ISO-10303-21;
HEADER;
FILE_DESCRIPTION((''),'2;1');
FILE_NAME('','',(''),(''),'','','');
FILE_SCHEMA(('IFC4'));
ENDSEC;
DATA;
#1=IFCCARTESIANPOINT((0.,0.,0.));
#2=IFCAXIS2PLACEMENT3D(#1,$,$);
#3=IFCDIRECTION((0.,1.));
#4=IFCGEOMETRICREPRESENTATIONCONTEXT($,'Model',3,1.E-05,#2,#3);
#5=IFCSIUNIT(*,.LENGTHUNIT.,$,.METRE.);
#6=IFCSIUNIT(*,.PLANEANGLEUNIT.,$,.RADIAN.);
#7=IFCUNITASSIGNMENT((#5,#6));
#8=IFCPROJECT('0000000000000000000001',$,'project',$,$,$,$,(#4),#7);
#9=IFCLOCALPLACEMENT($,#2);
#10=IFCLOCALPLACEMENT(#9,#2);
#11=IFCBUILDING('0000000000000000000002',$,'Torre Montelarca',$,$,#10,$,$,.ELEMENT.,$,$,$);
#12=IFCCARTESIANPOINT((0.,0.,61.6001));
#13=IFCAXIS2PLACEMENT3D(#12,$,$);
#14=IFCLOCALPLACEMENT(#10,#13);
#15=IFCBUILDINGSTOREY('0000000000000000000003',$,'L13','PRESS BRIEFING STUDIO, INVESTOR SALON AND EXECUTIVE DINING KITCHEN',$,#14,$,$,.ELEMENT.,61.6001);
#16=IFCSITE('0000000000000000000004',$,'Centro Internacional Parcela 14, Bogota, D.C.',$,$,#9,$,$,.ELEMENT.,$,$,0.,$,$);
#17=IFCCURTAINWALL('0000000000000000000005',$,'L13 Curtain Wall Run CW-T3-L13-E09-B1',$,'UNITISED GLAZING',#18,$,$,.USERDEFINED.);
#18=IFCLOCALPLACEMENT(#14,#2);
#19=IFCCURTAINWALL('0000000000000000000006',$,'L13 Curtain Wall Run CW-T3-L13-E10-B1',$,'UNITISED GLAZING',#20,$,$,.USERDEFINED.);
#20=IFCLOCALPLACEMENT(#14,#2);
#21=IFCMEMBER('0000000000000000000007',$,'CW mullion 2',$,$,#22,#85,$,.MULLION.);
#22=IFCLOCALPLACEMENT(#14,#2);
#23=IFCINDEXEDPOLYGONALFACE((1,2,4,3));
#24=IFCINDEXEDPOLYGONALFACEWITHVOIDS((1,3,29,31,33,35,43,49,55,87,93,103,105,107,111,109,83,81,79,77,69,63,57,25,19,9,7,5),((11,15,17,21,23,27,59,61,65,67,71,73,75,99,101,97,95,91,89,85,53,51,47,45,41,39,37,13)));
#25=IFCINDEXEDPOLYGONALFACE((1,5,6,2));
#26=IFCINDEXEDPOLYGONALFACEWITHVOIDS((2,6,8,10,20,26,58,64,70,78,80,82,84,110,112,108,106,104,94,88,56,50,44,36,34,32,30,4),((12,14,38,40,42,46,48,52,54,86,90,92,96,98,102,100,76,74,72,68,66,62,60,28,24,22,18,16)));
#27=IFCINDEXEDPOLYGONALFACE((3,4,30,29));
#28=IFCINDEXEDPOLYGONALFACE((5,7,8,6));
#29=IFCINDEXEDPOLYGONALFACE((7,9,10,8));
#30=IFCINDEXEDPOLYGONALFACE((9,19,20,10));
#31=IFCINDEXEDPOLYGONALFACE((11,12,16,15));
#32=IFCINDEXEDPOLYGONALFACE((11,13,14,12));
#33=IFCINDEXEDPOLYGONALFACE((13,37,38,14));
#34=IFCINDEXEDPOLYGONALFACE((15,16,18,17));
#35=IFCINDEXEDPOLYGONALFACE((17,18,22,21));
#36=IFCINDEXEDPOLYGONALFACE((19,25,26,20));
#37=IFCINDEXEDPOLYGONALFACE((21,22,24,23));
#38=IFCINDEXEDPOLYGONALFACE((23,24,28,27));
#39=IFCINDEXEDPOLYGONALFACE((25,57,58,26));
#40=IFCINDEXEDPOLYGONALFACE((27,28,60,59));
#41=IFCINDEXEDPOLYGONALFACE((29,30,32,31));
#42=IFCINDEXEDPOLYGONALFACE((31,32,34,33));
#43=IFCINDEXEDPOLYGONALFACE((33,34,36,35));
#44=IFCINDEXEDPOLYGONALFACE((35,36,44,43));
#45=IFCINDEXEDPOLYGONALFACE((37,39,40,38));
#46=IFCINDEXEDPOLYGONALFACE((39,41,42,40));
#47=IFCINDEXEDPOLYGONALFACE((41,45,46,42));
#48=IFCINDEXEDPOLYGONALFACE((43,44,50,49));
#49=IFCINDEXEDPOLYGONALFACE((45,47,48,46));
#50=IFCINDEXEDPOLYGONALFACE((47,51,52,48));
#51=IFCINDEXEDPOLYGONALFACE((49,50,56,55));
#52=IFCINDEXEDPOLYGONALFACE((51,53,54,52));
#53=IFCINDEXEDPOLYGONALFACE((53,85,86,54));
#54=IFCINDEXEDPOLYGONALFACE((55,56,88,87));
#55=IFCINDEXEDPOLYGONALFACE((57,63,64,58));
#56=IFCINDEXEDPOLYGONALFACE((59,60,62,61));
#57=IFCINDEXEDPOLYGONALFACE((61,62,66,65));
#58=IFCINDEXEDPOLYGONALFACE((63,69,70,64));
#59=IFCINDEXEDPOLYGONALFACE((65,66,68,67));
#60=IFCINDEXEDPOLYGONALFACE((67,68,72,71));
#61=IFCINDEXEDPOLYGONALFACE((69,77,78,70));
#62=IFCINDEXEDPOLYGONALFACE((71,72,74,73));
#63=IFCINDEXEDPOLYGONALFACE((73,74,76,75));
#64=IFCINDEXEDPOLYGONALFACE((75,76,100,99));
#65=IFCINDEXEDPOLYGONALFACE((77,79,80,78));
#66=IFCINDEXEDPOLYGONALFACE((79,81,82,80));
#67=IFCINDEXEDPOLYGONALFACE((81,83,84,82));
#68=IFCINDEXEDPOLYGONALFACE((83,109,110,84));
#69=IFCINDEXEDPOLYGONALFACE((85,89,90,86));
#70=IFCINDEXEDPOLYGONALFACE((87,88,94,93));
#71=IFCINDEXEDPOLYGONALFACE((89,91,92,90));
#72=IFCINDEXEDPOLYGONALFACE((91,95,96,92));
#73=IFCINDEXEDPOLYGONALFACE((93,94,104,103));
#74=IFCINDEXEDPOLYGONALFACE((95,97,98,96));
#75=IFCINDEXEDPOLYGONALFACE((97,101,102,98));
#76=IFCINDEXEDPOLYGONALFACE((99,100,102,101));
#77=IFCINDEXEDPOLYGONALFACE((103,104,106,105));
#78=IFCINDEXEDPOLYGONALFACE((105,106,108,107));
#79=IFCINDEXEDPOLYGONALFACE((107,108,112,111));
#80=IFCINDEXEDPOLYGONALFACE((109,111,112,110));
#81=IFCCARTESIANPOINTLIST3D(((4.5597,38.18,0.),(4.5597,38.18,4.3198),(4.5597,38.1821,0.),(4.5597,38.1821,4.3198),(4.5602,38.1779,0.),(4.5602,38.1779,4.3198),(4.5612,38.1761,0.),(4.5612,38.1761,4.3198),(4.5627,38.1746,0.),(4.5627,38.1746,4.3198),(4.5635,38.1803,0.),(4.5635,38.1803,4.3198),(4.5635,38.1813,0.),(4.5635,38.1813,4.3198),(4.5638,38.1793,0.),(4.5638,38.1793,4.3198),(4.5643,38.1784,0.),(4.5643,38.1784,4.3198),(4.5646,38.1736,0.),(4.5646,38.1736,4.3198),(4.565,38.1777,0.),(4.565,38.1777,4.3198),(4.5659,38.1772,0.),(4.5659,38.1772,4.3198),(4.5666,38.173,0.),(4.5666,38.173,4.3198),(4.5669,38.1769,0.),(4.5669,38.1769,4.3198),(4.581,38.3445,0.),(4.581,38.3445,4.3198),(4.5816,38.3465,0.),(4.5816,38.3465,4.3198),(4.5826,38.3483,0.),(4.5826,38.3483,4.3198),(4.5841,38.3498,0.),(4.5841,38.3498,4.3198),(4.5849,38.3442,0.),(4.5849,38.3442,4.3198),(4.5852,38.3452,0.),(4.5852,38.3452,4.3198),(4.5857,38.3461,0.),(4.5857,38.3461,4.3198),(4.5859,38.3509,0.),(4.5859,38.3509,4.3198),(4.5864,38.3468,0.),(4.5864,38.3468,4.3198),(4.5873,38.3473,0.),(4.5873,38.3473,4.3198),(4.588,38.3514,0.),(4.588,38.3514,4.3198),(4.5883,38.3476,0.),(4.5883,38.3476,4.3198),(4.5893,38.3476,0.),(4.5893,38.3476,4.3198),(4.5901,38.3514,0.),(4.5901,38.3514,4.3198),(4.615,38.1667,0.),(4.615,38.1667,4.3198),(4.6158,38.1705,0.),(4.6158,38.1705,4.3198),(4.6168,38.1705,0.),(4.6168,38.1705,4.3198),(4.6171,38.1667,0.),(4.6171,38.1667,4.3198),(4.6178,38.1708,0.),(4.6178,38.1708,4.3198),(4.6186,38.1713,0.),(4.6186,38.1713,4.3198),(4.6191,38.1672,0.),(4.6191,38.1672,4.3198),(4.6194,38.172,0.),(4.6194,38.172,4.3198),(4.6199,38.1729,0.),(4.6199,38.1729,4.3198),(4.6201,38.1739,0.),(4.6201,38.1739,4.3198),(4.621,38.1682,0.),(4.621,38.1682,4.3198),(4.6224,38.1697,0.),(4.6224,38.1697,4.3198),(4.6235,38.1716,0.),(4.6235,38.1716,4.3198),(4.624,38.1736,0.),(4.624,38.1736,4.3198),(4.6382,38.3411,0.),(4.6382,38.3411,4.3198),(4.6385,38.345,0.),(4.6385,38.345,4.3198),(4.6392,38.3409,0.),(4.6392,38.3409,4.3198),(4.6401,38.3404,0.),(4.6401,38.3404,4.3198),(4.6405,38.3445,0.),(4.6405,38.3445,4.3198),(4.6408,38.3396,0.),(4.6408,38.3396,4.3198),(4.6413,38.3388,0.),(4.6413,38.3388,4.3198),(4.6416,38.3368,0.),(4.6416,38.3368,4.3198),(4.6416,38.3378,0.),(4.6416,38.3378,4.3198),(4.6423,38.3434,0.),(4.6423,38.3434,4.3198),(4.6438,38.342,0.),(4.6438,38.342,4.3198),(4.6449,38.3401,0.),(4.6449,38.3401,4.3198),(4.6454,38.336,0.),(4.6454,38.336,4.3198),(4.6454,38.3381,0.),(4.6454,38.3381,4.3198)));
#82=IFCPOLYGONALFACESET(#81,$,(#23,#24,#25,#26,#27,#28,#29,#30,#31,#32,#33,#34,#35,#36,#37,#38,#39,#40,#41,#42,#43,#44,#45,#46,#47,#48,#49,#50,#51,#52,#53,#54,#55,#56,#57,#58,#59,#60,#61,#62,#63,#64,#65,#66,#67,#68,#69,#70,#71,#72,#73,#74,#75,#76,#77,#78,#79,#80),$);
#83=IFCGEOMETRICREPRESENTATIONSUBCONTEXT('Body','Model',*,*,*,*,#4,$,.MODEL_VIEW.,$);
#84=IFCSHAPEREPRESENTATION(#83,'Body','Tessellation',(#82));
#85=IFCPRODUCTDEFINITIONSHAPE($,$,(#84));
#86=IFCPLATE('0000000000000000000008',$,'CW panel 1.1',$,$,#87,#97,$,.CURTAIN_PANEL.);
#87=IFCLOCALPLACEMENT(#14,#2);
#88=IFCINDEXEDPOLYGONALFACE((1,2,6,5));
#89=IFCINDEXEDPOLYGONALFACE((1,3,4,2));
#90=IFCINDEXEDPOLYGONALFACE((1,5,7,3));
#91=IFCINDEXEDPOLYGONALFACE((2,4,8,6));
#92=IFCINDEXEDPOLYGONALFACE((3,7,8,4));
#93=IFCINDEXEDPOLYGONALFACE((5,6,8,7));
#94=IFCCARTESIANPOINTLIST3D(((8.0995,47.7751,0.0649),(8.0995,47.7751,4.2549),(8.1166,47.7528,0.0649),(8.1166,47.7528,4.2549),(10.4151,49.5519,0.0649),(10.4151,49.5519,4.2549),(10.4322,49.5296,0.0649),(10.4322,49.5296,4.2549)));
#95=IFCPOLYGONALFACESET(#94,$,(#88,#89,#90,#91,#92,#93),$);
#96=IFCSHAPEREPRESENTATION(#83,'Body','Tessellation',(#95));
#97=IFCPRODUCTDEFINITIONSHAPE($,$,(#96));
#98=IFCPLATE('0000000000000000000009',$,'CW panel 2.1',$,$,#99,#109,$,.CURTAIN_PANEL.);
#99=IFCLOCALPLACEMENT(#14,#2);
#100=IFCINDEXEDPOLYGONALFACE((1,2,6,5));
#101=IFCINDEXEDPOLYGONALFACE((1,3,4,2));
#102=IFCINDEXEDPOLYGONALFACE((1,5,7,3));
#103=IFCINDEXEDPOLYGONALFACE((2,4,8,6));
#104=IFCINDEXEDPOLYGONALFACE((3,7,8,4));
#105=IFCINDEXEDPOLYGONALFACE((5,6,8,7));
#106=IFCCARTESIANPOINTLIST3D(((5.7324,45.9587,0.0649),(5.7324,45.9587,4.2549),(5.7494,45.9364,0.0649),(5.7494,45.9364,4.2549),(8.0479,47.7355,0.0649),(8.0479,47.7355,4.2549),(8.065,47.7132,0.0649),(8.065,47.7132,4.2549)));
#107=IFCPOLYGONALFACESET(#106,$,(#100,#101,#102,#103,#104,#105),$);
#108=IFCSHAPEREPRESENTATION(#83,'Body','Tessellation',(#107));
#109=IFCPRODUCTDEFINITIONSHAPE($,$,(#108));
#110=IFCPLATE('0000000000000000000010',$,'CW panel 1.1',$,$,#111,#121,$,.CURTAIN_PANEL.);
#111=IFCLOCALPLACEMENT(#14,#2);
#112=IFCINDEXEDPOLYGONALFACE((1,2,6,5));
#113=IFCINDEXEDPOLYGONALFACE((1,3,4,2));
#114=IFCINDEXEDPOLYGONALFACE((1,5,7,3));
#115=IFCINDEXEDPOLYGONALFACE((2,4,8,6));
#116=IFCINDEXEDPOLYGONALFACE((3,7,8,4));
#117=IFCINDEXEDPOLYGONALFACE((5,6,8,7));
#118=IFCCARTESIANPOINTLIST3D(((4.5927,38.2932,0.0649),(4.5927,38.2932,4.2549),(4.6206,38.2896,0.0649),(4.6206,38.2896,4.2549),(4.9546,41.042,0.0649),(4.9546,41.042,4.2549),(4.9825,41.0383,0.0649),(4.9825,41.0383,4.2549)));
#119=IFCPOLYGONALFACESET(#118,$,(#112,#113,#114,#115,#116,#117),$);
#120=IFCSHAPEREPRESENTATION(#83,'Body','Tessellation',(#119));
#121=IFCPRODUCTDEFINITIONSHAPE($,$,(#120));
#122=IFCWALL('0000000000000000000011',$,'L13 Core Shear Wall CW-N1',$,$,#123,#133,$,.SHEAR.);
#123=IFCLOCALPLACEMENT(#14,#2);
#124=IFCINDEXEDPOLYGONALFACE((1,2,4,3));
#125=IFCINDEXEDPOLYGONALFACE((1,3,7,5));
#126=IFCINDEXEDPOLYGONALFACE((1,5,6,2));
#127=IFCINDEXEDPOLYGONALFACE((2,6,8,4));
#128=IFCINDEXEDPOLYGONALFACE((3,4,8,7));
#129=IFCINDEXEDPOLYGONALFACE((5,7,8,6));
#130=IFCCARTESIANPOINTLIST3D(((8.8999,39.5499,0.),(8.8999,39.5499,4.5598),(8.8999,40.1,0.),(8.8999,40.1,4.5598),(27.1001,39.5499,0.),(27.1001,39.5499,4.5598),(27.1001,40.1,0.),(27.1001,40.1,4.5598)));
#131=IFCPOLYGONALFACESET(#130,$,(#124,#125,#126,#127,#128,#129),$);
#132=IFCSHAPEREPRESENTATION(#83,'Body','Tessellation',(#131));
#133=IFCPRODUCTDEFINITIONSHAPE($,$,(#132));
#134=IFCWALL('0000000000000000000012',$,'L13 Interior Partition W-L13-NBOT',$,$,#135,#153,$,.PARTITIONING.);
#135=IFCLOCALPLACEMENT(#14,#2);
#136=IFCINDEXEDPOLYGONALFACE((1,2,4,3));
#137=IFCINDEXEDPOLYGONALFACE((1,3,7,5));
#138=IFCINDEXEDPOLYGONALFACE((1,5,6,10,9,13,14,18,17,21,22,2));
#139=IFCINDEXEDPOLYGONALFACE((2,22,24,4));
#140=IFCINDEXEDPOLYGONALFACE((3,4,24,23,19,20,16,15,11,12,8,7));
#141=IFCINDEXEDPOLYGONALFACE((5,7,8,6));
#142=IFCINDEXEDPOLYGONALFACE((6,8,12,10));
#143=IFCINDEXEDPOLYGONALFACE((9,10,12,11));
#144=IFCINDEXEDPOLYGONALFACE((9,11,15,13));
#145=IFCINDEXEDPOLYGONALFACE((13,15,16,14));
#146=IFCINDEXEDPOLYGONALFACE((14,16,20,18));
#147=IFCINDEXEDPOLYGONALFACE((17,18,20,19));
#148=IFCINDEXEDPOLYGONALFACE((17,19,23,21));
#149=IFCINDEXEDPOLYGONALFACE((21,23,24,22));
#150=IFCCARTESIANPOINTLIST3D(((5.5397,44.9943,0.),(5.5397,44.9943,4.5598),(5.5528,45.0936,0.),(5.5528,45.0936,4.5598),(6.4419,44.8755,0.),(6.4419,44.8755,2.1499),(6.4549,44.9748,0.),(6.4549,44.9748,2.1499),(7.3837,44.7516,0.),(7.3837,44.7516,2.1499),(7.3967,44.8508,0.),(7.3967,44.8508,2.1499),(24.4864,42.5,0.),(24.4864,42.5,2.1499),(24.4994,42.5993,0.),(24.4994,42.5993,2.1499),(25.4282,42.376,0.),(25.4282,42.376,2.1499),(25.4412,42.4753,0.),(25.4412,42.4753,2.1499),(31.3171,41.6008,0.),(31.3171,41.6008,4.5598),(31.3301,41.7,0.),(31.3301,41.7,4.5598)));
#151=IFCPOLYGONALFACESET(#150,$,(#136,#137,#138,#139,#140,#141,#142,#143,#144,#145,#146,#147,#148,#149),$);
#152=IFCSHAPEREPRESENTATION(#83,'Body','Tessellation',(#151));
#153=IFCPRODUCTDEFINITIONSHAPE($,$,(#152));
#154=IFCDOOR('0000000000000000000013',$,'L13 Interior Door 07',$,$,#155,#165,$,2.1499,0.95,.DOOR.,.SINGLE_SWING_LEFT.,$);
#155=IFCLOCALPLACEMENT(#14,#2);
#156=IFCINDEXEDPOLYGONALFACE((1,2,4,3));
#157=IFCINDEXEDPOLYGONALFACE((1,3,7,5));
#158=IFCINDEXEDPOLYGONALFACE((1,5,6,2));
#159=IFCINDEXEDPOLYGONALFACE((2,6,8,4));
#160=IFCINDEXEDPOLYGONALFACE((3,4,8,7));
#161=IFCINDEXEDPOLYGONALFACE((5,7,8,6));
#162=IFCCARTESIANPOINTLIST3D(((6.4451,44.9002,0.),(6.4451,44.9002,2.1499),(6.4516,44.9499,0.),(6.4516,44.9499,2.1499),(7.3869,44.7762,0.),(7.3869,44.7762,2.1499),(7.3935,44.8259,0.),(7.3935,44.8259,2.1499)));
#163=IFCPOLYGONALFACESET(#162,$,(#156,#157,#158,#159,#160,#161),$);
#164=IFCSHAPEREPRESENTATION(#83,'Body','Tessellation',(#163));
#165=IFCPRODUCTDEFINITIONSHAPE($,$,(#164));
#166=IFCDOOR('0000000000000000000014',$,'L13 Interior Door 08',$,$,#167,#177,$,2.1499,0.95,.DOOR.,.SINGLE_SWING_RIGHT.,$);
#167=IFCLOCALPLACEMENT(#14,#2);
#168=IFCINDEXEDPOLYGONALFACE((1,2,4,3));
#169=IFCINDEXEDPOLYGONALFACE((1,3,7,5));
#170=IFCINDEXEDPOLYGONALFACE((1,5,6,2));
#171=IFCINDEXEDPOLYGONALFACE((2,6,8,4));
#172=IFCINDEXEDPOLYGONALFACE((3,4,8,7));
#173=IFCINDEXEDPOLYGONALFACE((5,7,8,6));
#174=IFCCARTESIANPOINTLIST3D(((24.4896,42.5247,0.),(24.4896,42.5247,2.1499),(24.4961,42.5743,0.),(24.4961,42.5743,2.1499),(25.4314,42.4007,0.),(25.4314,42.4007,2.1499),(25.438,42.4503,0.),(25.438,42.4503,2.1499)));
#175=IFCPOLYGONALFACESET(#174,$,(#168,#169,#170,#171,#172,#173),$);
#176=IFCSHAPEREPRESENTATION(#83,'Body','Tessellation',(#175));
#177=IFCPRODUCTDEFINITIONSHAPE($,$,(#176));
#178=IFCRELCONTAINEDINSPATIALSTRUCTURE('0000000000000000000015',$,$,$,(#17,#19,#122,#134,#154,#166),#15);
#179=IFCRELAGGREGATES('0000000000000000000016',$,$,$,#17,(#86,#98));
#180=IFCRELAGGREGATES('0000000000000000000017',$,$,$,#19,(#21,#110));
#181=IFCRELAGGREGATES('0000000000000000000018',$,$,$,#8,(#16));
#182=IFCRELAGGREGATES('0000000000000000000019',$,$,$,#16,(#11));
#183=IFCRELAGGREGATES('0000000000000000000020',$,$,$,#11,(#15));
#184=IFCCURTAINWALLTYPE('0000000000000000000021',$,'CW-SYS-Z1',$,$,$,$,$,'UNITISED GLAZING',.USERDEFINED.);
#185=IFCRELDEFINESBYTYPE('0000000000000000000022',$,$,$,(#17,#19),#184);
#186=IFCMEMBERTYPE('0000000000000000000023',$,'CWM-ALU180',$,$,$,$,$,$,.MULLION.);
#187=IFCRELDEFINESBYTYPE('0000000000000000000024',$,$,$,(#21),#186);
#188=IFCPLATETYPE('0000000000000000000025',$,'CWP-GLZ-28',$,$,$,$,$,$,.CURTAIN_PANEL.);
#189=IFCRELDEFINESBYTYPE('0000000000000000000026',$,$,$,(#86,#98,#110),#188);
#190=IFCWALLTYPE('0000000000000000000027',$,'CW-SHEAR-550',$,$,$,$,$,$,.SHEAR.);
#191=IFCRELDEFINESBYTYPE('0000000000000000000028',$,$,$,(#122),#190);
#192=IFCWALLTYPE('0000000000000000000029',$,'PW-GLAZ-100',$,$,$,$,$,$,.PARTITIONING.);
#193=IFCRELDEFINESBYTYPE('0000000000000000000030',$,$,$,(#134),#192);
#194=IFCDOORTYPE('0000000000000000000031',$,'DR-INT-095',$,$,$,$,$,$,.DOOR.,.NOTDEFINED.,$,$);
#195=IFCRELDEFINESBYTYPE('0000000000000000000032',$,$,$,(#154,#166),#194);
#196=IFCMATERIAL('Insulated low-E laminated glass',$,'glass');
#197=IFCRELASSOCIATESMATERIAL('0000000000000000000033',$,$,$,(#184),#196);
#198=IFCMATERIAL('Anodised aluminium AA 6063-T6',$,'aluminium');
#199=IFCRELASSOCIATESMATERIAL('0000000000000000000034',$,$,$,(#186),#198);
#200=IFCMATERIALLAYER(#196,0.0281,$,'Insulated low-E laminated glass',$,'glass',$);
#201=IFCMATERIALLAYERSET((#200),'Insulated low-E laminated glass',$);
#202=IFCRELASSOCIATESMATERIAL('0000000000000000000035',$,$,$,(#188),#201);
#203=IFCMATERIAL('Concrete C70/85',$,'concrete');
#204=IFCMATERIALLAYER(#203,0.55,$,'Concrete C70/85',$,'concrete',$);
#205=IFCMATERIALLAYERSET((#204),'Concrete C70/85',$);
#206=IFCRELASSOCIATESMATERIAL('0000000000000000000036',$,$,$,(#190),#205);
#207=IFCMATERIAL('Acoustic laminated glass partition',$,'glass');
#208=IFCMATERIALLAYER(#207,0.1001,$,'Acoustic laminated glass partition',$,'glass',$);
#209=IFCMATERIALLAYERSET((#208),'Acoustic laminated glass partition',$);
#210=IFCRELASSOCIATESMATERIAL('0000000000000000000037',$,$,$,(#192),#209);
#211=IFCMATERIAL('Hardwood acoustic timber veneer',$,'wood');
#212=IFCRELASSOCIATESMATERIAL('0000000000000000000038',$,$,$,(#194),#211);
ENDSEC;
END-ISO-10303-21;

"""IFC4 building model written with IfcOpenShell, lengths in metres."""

from ifc_helpers import new_model, si_unit, direction, frame, frame_2d, origin, origin_2d, place, context, subcontext, project, spatial, rectangle, hollow_rectangle, extrude, source, transform, mapped, material, layer, layer_set, material_profile, profile_set, type_object, element, fill, aggregate, save


model = new_model("IFC4")

# Units and contexts
model_context = context("Model", 3, precision=1e-05, world=origin(), true_north=direction((0.0, 1.0)))
body_context = subcontext(model_context, "Body", "Model", "MODEL_VIEW")
ifc_project = project(units=[si_unit("LENGTHUNIT", "METRE"), si_unit("PLANEANGLEUNIT", "RADIAN")], contexts=[model_context])

# Site, building, storey
site_placement = place(None, origin())
site = spatial("IfcSite", under=ifc_project, at=site_placement, Name="Centro Internacional Parcela 14, Bogota, D.C.", CompositionType="ELEMENT", RefElevation=0.0)
building_placement = place(site_placement, origin())
building = spatial("IfcBuilding", under=site, at=building_placement, Name="Torre Montelarca", CompositionType="ELEMENT")
storey_placement = place(building_placement, frame((0.0, 0.0, 61.6001)))
storey = spatial("IfcBuildingStorey", under=building, at=storey_placement, Name="L13", Description="PRESS BRIEFING STUDIO, INVESTOR SALON AND EXECUTIVE DINING KITCHEN", CompositionType="ELEMENT", Elevation=61.6001)

# Curtain walls
ifc_material_1 = material(Name="Insulated low-E laminated glass", Category="glass")
curtain_wall_type = type_object("IfcCurtainWallType", Name="CW-SYS-Z1", ElementType="UNITISED GLAZING", PredefinedType="USERDEFINED", material=ifc_material_1)
curtain_wall_1_placement = place(storey_placement, origin())
curtain_wall_1 = element("IfcCurtainWall", 1, at=curtain_wall_1_placement, inside=storey, type_object=curtain_wall_type, Name="L13 Curtain Wall Run CW-T3-L13-E09-B1", ObjectType="UNITISED GLAZING", PredefinedType="USERDEFINED")
ifc_material_2 = material(Name="Anodised aluminium AA 6063-T6", Category="aluminium")
curtain_wall_2_placement = place(storey_placement, origin())
curtain_wall_2 = element("IfcCurtainWall", 2, at=curtain_wall_2_placement, inside=storey, type_object=curtain_wall_type, Name="L13 Curtain Wall Run CW-T3-L13-E10-B1", ObjectType="UNITISED GLAZING", PredefinedType="USERDEFINED")

# Member
ifc_material_profile_1 = material_profile(ifc_material_2, hollow_rectangle(XDim=0.0649, YDim=0.1799, WallThickness=0.0039, InnerFilletRadius=0.0039, OuterFilletRadius=0.0081, at=origin_2d()), Name="ALU65X180X4", Category="aluminium")
ifc_profile_set_1 = profile_set([ifc_material_profile_1], Name="Anodised aluminium AA 6063-T6")
member_type_1 = type_object("IfcMemberType", Name="CWM-ALU180", PredefinedType="MULLION", material=ifc_profile_set_1)
shared_shape_1 = source(origin(), body_context, "Body", "SweptSolid", [
    extrude(hollow_rectangle(XDim=0.0649, YDim=0.1799, WallThickness=0.0039, InnerFilletRadius=0.0039, OuterFilletRadius=0.0081, at=origin_2d()), origin(), (0.0, 0.0, 1.0), 4.3198),
])
member_1_placement = place(storey_placement, frame((4.6025, 38.259, 0.0), z_axis=(0.0, 0.0, 1.0), x_axis=(0.991443, -0.130542, 0.0)))
member_1 = element("IfcMember", 3, at=member_1_placement, type_object=member_type_1, Name="CW mullion 2", PredefinedType="MULLION", context=body_context, shape_type="MappedRepresentation", body=[
    mapped(shared_shape_1, transform((0.0, 0.0, 0.0), scale=1.0)),
])

# Plates
ifc_layer_1 = layer(ifc_material_1, 0.0281, Name="Insulated low-E laminated glass", Category="glass")
ifc_layer_set_1 = layer_set([ifc_layer_1], Name="Insulated low-E laminated glass")
plate_type = type_object("IfcPlateType", Name="CWP-GLZ-28", PredefinedType="CURTAIN_PANEL", material=ifc_layer_set_1)
shared_shape_2 = source(origin(), body_context, "Body", "SweptSolid", [
    extrude(rectangle(XDim=2.9187, YDim=0.0281, at=origin_2d()), origin(), (0.0, 0.0, 1.0), 4.1899),
])
plate_1_placement = place(storey_placement, frame((9.2659, 48.6523, 0.0649), z_axis=(0.0, 0.0, 1.0), x_axis=(-0.793351, -0.608764, 0.0)))
plate_1 = element("IfcPlate", 4, at=plate_1_placement, type_object=plate_type, Name="CW panel 1.1", PredefinedType="CURTAIN_PANEL", context=body_context, shape_type="MappedRepresentation", body=[
    mapped(shared_shape_2, transform((0.0, 0.0, 0.0), scale=1.0)),
])
plate_2_placement = place(storey_placement, frame((6.8987, 46.8359, 0.0649), z_axis=(0.0, 0.0, 1.0), x_axis=(-0.793351, -0.608764, 0.0)))
plate_2 = element("IfcPlate", 5, at=plate_2_placement, type_object=plate_type, Name="CW panel 2.1", PredefinedType="CURTAIN_PANEL", context=body_context, shape_type="MappedRepresentation", body=[
    mapped(shared_shape_2, transform((0.0, 0.0, 0.0), scale=1.0)),
])
aggregate(curtain_wall_1, [plate_1, plate_2])
shared_shape_3 = source(origin(), body_context, "Body", "SweptSolid", [
    extrude(rectangle(XDim=2.7725, YDim=0.0281, at=origin_2d()), origin(), (0.0, 0.0, 1.0), 4.1899),
])
plate_3_placement = place(storey_placement, frame((4.7876, 39.6658, 0.0649), z_axis=(0.0, 0.0, 1.0), x_axis=(-0.130542, -0.991443, 0.0)))
plate_3 = element("IfcPlate", 6, at=plate_3_placement, type_object=plate_type, Name="CW panel 1.1", PredefinedType="CURTAIN_PANEL", context=body_context, shape_type="MappedRepresentation", body=[
    mapped(shared_shape_3, transform((0.0, 0.0, 0.0), scale=1.0)),
])
aggregate(curtain_wall_2, [member_1, plate_3])

# Wall
ifc_material_3 = material(Name="Concrete C70/85", Category="concrete")
ifc_layer_2 = layer(ifc_material_3, 0.55, Name="Concrete C70/85", Category="concrete")
ifc_layer_set_2 = layer_set([ifc_layer_2], Name="Concrete C70/85")
wall_type_1 = type_object("IfcWallType", Name="CW-SHEAR-550", PredefinedType="SHEAR", material=ifc_layer_set_2)
wall_1_placement = place(storey_placement, frame((8.8999, 39.825, 0.0), z_axis=(0.0, 0.0, 1.0), x_axis=(1.0, 0.0, 0.0)))
element("IfcWall", 7, at=wall_1_placement, inside=storey, type_object=wall_type_1, Name="L13 Core Shear Wall CW-N1", PredefinedType="SHEAR", context=body_context, shape_type="SweptSolid", body=[
    extrude(rectangle(XDim=18.2002, YDim=0.55, at=frame_2d((9.1001, 0.0))), origin(), (0.0, 0.0, 1.0), 4.5598),
])

# Wall, openings, doors
ifc_material_4 = material(Name="Acoustic laminated glass partition", Category="glass")
ifc_layer_3 = layer(ifc_material_4, 0.1001, Name="Acoustic laminated glass partition", Category="glass")
ifc_layer_set_3 = layer_set([ifc_layer_3], Name="Acoustic laminated glass partition")
wall_type_2 = type_object("IfcWallType", Name="PW-GLAZ-100", PredefinedType="PARTITIONING", material=ifc_layer_set_3)
wall_2_placement = place(storey_placement, frame((5.5461, 45.0439, 0.0), z_axis=(0.0, 0.0, 1.0), x_axis=(0.991445, -0.130523, 0.0)))
wall_2 = element("IfcWall", 8, at=wall_2_placement, inside=storey, type_object=wall_type_2, Name="L13 Interior Partition W-L13-NBOT", PredefinedType="PARTITIONING", context=body_context, shape_type="SweptSolid", body=[
    extrude(rectangle(XDim=25.9998, YDim=0.1001, at=frame_2d((13.0, 0.0))), origin(), (0.0, 0.0, 1.0), 4.5598),
])
opening_1_placement = place(wall_2_placement, frame((0.9099, 0.0, 0.0)))
opening_1 = element("IfcOpeningElement", 9, at=opening_1_placement, cuts=wall_2, PredefinedType="OPENING", context=body_context, shape_type="SweptSolid", body=[
    extrude(rectangle(XDim=0.95, YDim=2.1499, at=frame_2d((0.4751, 1.075))), frame((0.0, 0.0601, 0.0), z_axis=(0.0, -1.0, 0.0), x_axis=(1.0, 0.0, 0.0)), (0.0, 0.0, 1.0), 0.1201),
])
opening_2_placement = place(wall_2_placement, frame((19.1101, 0.0, 0.0)))
opening_2 = element("IfcOpeningElement", 10, at=opening_2_placement, cuts=wall_2, PredefinedType="OPENING", context=body_context, shape_type="SweptSolid", body=[
    extrude(rectangle(XDim=0.95, YDim=2.1499, at=frame_2d((0.4751, 1.075))), frame((0.0, 0.0601, 0.0), z_axis=(0.0, -1.0, 0.0), x_axis=(1.0, 0.0, 0.0)), (0.0, 0.0, 1.0), 0.1201),
])
ifc_material_5 = material(Name="Hardwood acoustic timber veneer", Category="wood")
door_type = type_object("IfcDoorType", Name="DR-INT-095", OperationType="NOTDEFINED", PredefinedType="DOOR", material=ifc_material_5)
shared_shape_4 = source(origin(), body_context, "Body", "SweptSolid", [
    extrude(rectangle(XDim=0.95, YDim=2.1499, at=frame_2d((0.4751, 1.075))), frame((0.0, 0.0249, 0.0), z_axis=(0.0, -1.0, 0.0), x_axis=(1.0, 0.0, 0.0)), (0.0, 0.0, 1.0), 0.05),
])
door_1_placement = place(opening_1_placement, origin())
door_1 = element("IfcDoor", 11, at=door_1_placement, inside=storey, type_object=door_type, Name="L13 Interior Door 07", OperationType="SINGLE_SWING_LEFT", OverallHeight=2.1499, OverallWidth=0.95, PredefinedType="DOOR", context=body_context, shape_type="MappedRepresentation", body=[
    mapped(shared_shape_4, transform((0.0, 0.0, 0.0), scale=1.0)),
])
fill(opening_1, door_1)
door_2_placement = place(opening_2_placement, origin())
door_2 = element("IfcDoor", 12, at=door_2_placement, inside=storey, type_object=door_type, Name="L13 Interior Door 08", OperationType="SINGLE_SWING_RIGHT", OverallHeight=2.1499, OverallWidth=0.95, PredefinedType="DOOR", context=body_context, shape_type="MappedRepresentation", body=[
    mapped(shared_shape_4, transform((0.0, 0.0, 0.0), scale=1.0)),
])
fill(opening_2, door_2)

save(model, "model.ifc")
